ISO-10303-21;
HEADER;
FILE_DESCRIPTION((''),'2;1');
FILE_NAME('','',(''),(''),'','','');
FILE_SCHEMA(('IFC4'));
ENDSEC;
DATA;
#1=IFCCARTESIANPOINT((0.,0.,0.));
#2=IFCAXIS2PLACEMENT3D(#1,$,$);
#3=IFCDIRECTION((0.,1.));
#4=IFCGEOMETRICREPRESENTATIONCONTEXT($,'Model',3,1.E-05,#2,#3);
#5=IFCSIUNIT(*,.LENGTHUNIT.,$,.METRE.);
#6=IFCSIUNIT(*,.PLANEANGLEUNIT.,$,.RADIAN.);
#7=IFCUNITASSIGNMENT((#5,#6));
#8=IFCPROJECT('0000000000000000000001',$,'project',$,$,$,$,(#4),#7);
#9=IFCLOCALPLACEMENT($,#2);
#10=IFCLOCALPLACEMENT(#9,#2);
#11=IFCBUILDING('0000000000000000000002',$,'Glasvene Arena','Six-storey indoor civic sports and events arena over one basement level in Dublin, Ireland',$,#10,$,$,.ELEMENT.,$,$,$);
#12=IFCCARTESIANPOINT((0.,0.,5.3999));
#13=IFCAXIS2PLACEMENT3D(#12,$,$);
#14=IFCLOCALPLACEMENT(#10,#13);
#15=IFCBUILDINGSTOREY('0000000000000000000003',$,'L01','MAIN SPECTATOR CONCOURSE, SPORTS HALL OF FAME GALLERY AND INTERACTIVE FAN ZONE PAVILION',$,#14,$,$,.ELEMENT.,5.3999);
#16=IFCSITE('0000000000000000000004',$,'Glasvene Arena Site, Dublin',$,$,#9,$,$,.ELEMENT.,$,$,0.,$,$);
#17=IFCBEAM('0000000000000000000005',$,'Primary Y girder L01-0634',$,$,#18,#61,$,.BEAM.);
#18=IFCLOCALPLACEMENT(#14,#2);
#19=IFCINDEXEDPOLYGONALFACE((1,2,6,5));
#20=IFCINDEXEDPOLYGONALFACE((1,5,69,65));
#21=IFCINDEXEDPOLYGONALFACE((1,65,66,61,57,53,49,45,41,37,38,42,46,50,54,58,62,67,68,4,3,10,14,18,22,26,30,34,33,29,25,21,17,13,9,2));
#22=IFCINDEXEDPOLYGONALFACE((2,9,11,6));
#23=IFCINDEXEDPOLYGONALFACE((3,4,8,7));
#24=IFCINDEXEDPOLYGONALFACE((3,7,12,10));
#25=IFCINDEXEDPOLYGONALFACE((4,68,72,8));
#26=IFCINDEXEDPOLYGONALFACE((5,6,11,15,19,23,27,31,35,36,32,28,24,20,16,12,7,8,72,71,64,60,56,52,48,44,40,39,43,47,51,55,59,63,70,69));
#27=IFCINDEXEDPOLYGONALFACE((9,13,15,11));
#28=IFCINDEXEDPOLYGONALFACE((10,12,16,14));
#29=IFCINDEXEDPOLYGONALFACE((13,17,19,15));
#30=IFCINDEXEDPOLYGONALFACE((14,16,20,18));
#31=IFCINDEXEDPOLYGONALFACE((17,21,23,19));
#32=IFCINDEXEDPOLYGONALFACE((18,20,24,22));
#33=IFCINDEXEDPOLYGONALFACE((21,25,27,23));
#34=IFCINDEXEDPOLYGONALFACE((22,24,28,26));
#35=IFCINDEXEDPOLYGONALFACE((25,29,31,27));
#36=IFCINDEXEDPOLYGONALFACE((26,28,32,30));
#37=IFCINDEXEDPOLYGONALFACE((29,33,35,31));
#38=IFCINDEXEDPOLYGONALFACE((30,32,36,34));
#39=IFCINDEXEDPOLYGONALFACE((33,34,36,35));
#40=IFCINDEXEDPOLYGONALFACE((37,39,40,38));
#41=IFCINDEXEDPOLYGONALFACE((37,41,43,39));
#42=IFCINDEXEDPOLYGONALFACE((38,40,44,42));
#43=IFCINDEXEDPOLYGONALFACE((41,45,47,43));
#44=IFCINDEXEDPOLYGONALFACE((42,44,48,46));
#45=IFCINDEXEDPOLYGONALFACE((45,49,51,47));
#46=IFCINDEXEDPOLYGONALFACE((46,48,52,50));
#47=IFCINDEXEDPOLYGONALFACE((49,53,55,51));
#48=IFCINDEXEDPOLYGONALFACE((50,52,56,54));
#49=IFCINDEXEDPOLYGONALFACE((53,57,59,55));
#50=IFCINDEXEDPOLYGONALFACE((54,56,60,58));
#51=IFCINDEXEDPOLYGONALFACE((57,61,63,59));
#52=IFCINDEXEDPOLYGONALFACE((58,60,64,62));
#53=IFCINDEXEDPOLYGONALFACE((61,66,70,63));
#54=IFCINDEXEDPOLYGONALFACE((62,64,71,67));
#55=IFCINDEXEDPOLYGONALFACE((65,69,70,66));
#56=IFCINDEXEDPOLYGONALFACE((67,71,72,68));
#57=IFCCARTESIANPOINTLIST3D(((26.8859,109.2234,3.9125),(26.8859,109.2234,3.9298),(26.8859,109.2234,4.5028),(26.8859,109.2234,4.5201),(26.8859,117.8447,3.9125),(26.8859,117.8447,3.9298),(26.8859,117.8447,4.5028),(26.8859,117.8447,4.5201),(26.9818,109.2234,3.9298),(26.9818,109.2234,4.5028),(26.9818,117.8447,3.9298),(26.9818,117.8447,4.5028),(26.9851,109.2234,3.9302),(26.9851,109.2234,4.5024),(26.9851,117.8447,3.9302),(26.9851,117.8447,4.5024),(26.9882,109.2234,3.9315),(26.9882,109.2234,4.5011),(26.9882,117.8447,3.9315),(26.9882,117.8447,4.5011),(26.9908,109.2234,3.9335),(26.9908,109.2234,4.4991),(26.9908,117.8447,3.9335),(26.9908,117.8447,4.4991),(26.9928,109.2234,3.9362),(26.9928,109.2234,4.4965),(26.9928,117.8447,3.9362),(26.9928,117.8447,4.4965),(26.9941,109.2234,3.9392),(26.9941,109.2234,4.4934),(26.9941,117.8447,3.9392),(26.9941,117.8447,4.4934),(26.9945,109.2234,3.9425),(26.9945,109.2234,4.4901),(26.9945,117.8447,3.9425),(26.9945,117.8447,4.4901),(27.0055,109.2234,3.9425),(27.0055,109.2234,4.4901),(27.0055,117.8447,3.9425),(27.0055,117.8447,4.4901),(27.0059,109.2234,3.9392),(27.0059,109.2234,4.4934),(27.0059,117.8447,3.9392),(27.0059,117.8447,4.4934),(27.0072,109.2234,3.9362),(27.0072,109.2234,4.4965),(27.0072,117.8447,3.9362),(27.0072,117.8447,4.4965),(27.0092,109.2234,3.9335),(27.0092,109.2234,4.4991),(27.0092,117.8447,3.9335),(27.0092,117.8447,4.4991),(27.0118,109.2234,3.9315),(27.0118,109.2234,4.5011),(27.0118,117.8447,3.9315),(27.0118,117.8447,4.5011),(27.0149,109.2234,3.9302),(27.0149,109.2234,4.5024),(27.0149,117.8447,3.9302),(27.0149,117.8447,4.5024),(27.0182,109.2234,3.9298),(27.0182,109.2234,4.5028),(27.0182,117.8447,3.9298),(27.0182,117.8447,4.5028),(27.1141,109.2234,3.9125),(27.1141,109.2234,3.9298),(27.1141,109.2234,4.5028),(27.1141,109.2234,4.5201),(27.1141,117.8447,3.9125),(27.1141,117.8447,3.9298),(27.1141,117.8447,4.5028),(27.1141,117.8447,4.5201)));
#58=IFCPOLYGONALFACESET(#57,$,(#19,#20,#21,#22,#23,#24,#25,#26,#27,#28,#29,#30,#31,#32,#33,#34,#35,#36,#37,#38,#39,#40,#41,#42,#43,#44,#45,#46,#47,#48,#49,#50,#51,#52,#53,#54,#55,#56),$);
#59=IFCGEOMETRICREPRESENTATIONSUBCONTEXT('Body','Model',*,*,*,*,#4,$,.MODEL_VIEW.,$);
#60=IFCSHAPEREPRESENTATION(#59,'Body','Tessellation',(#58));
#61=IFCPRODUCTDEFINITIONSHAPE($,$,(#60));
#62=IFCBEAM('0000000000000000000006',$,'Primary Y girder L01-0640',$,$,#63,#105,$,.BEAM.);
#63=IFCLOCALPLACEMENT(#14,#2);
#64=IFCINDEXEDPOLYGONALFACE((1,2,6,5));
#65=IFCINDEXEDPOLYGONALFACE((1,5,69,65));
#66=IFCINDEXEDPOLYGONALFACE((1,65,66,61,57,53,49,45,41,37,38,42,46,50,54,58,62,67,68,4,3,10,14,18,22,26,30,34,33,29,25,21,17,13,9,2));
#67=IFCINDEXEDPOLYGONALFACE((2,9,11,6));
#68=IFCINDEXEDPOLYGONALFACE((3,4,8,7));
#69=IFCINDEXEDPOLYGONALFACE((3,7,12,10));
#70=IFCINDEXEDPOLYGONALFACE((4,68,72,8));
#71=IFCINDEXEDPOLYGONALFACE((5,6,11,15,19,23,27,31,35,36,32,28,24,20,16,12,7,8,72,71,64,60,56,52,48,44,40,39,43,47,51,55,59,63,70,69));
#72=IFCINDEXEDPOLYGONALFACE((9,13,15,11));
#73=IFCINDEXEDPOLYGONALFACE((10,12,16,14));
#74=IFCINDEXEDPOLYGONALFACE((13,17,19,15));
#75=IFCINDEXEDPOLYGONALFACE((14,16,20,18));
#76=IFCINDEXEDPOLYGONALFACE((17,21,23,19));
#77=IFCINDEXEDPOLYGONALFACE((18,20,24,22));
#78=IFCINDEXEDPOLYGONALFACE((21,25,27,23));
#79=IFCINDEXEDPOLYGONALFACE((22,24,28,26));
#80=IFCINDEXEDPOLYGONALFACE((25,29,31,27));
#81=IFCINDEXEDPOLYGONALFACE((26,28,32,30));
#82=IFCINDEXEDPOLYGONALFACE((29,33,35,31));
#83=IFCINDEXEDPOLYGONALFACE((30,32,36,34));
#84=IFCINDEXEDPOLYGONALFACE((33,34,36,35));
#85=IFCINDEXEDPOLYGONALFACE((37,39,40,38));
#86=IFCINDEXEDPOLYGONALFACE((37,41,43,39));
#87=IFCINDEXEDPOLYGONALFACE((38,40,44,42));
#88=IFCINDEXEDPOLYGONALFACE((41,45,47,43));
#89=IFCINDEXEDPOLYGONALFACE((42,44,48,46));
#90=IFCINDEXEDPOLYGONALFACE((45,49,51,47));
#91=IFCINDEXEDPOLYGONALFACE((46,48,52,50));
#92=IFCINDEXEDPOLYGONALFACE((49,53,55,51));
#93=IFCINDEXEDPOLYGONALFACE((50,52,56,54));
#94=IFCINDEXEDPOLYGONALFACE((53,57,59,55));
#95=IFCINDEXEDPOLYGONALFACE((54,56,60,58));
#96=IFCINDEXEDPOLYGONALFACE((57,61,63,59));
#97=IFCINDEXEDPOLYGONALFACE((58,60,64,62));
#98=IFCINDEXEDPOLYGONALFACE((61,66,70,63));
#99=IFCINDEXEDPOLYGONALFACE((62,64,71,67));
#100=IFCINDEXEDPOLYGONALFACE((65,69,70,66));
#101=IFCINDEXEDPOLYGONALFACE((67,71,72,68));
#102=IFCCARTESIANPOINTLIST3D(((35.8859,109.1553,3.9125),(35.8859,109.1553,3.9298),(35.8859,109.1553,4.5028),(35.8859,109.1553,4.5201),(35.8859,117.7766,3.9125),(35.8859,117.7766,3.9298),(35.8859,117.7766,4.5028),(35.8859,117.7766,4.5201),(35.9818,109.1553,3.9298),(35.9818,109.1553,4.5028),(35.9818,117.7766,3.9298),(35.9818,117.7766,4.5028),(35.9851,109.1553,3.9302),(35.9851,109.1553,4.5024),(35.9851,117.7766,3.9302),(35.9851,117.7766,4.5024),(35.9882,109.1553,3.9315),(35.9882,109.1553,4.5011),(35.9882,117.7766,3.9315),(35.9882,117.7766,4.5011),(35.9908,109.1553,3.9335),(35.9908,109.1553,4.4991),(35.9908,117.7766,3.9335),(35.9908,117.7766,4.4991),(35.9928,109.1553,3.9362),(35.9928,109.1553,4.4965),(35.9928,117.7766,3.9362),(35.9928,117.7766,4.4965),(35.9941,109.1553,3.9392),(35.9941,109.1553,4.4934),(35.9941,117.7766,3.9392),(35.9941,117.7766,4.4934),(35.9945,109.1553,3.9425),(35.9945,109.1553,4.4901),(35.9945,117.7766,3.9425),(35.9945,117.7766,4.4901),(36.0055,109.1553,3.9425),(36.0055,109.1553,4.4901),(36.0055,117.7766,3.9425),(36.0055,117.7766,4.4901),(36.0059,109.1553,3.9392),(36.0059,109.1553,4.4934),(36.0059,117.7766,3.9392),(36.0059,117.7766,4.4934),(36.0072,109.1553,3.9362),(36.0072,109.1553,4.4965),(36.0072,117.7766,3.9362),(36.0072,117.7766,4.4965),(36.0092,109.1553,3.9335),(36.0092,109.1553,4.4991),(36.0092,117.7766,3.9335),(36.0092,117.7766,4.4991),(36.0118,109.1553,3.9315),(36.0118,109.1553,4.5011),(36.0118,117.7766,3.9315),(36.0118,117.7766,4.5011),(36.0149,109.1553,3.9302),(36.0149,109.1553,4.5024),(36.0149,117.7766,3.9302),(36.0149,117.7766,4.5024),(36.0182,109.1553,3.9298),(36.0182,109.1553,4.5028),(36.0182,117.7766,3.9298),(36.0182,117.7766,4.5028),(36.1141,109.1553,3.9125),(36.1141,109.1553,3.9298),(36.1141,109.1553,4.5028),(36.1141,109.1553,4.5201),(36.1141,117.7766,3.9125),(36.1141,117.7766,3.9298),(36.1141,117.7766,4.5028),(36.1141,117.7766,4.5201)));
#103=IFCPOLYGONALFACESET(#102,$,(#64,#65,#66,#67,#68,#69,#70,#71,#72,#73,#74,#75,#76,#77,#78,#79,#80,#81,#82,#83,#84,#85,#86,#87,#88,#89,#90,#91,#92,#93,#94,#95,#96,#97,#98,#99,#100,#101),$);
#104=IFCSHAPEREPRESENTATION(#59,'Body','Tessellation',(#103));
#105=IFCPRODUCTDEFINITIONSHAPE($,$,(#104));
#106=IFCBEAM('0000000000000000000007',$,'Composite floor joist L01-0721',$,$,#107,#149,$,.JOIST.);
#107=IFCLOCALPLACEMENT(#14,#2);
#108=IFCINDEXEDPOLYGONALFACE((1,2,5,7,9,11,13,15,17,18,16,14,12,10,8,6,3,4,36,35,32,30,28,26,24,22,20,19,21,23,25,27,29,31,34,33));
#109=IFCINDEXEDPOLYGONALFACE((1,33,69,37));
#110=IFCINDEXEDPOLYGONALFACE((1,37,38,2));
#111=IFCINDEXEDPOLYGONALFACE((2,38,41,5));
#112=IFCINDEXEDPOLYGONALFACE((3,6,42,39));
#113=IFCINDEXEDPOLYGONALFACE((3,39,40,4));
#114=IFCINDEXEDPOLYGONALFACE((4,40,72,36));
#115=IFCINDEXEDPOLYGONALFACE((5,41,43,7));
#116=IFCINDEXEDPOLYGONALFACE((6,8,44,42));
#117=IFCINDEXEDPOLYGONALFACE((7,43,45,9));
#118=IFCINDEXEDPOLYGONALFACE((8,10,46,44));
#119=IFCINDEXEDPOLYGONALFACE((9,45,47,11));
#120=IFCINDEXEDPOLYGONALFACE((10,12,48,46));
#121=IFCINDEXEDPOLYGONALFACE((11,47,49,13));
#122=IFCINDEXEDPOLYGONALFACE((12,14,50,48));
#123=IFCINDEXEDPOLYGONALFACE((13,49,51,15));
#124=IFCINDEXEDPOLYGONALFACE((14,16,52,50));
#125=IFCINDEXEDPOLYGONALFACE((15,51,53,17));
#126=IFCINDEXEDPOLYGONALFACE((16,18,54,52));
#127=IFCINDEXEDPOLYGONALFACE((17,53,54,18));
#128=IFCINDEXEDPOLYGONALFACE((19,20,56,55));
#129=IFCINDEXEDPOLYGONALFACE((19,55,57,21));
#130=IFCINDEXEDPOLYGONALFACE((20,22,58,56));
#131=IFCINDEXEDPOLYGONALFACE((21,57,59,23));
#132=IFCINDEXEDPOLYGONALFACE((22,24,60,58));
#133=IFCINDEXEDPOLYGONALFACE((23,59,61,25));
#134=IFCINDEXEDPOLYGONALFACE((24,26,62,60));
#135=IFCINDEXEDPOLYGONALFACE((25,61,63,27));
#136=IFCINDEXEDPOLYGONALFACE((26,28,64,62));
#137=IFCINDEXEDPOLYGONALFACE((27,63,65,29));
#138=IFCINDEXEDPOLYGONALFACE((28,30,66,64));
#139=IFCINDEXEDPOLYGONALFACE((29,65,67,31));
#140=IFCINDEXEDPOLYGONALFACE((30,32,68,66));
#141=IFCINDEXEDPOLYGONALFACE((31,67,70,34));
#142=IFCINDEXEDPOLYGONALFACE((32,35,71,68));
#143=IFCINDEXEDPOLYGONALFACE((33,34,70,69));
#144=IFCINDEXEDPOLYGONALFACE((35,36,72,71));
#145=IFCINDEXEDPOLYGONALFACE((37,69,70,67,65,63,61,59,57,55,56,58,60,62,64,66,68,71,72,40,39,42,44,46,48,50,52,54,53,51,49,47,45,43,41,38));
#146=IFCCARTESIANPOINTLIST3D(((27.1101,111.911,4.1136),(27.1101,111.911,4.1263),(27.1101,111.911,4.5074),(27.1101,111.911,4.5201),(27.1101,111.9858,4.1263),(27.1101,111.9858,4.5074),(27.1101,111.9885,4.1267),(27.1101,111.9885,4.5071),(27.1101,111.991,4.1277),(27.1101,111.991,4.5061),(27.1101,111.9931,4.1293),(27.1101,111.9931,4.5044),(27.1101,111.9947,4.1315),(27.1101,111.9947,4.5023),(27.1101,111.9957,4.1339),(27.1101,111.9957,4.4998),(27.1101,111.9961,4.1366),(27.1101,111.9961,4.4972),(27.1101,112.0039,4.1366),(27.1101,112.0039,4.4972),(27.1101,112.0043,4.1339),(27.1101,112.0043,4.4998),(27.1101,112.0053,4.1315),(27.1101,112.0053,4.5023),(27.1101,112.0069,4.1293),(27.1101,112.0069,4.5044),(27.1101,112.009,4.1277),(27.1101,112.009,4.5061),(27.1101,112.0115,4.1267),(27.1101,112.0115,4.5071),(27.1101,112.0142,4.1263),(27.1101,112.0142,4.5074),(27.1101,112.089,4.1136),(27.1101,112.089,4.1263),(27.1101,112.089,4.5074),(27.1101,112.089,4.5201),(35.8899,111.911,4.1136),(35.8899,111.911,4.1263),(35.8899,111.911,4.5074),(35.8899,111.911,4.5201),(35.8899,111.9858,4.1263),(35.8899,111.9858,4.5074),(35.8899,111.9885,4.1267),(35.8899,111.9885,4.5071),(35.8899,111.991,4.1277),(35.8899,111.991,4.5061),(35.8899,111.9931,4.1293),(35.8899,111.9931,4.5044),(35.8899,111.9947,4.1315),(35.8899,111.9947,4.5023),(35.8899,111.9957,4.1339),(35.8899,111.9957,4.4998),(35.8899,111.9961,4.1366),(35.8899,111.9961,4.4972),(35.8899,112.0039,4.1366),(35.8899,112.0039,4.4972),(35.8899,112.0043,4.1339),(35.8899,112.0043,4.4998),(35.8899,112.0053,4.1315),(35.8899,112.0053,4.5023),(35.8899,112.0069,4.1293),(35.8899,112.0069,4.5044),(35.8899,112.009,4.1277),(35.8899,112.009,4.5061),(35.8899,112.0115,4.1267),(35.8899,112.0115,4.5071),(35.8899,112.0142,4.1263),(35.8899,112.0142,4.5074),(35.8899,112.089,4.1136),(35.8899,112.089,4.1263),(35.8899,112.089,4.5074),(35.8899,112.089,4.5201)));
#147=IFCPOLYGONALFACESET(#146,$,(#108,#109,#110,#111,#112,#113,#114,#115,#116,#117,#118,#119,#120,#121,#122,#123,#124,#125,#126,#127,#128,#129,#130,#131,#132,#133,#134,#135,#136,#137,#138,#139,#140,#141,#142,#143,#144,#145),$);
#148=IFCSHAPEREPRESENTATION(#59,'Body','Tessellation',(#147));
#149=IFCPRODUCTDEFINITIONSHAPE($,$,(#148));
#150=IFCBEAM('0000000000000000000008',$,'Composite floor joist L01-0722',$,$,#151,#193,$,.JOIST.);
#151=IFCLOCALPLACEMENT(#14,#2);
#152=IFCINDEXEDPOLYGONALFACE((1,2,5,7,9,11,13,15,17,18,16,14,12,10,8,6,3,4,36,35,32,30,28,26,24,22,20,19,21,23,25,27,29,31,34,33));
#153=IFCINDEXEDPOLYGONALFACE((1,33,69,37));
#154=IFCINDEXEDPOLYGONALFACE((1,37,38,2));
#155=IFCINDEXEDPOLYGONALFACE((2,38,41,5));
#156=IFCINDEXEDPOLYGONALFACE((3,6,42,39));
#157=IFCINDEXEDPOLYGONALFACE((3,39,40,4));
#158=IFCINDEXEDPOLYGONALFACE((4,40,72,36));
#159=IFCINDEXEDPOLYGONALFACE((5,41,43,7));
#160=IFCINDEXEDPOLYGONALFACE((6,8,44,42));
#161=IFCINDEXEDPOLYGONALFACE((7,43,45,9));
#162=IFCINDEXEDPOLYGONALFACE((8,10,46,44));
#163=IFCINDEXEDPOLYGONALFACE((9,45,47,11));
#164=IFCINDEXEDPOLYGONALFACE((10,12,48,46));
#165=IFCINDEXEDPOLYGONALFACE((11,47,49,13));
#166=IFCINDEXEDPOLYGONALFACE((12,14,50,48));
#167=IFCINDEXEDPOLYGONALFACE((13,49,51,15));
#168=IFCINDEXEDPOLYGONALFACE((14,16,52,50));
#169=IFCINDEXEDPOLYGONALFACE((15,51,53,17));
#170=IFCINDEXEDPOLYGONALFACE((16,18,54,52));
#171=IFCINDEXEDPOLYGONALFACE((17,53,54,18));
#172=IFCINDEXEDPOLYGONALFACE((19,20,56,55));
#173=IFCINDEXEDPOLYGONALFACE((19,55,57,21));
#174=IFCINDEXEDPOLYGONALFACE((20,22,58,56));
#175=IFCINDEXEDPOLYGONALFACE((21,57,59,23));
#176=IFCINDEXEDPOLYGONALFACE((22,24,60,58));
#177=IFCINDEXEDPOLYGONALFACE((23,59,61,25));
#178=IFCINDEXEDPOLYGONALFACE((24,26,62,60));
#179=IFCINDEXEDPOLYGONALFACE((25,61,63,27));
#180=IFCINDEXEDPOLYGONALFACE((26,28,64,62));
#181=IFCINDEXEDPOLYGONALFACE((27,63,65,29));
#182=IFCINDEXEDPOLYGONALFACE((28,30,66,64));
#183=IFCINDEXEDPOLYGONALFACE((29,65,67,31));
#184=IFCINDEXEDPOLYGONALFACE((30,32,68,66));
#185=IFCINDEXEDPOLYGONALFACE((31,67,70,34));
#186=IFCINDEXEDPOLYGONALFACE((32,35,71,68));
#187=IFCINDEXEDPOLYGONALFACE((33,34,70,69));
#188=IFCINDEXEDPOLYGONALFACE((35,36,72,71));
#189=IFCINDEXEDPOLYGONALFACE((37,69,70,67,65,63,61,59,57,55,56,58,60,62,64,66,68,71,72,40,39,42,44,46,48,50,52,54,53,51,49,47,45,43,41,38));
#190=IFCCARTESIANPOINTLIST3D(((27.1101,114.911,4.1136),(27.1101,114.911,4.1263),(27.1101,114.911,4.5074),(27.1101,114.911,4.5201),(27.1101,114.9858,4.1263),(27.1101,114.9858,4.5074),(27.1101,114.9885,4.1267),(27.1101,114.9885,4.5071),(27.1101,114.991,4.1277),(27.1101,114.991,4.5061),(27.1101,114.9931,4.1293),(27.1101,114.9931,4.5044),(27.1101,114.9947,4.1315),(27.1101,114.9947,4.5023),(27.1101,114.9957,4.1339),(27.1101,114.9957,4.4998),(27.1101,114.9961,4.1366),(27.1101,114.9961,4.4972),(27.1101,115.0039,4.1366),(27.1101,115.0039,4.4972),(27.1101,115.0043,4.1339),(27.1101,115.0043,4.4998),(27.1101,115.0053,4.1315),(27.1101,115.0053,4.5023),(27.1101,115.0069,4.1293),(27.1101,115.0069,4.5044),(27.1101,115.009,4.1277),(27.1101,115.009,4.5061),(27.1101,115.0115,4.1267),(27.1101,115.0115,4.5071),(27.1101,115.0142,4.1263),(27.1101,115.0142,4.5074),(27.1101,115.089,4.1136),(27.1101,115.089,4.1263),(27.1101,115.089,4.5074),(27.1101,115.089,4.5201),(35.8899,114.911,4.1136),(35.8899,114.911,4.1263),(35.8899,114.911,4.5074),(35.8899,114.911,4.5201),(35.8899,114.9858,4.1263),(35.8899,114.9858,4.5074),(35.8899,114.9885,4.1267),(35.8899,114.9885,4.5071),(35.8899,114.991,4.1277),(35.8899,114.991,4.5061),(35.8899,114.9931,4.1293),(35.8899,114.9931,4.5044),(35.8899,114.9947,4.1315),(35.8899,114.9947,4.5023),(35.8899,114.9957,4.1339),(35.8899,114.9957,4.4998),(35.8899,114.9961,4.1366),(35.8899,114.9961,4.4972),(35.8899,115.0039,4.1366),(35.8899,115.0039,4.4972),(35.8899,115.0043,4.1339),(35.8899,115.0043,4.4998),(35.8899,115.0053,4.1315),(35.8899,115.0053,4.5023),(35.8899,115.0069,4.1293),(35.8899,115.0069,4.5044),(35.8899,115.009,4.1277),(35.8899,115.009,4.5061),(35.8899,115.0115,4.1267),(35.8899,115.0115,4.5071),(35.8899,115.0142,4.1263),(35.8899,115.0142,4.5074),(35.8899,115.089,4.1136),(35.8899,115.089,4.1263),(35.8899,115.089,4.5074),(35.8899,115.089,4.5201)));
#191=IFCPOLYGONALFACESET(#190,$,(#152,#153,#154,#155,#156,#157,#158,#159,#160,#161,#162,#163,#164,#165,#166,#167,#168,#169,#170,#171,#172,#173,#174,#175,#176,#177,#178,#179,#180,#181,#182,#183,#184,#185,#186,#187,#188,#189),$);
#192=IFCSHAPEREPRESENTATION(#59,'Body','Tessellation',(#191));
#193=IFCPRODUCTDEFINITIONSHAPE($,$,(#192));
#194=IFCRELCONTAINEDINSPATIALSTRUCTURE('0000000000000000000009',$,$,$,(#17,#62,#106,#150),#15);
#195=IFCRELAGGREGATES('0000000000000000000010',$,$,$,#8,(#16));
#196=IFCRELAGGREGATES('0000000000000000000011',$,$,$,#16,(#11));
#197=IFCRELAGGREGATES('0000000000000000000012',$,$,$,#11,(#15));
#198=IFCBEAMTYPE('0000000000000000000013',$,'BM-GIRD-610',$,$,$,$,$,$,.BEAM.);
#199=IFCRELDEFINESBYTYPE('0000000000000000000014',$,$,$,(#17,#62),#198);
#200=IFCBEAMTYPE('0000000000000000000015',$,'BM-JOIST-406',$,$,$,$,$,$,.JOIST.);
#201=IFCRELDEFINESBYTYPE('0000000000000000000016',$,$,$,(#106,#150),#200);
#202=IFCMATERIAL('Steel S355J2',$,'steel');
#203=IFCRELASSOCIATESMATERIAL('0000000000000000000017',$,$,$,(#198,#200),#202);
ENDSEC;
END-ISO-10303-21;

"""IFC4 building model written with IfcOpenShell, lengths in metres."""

from ifc_helpers import new_model, si_unit, direction, frame, origin, origin_2d, place, context, subcontext, project, spatial, i_section, extrude, material, material_profile, profile_set, type_object, element, save


model = new_model("IFC4")

# Units and contexts
model_context = context("Model", 3, precision=1e-05, world=origin(), true_north=direction((0.0, 1.0)))
body_context = subcontext(model_context, "Body", "Model", "MODEL_VIEW")
ifc_project = project(units=[si_unit("LENGTHUNIT", "METRE"), si_unit("PLANEANGLEUNIT", "RADIAN")], contexts=[model_context])

# Site, building, storey
site_placement = place(None, origin())
site = spatial("IfcSite", under=ifc_project, at=site_placement, Name="Glasvene Arena Site, Dublin", CompositionType="ELEMENT", RefElevation=0.0)
building_placement = place(site_placement, origin())
building = spatial("IfcBuilding", under=site, at=building_placement, Name="Glasvene Arena", Description="Six-storey indoor civic sports and events arena over one basement level in Dublin, Ireland", CompositionType="ELEMENT")
storey_placement = place(building_placement, frame((0.0, 0.0, 5.3999)))
storey = spatial("IfcBuildingStorey", under=building, at=storey_placement, Name="L01", Description="MAIN SPECTATOR CONCOURSE, SPORTS HALL OF FAME GALLERY AND INTERACTIVE FAN ZONE PAVILION", CompositionType="ELEMENT", Elevation=5.3999)

# Shared definitions
ifc_material_1 = material(Name="Steel S355J2", Category="steel")

# Beams
ifc_material_profile_1 = material_profile(ifc_material_1, i_section(OverallWidth=0.2283, OverallDepth=0.6077, WebThickness=0.011, FlangeThickness=0.0173, FilletRadius=0.0127, at=origin_2d()), Name="UKB 610x229x113")
ifc_profile_set_1 = profile_set([ifc_material_profile_1], Name="Steel S355J2")
beam_type_1 = type_object("IfcBeamType", Name="BM-GIRD-610", PredefinedType="BEAM", material=ifc_profile_set_1)
for number, where, z_axis, x_axis, name in (
    (1, (27.0, 109.2234, 4.2163), (0.0, 1.0, 0.0), (-1.0, 0.0, 0.0), "Primary Y girder L01-0634"),
    (2, (36.0, 109.1553, 4.2163), (0.0, 1.0, 0.0), (-1.0, 0.0, 0.0), "Primary Y girder L01-0640"),
):
    element("IfcBeam", number, at=place(storey_placement, frame(where, z_axis=z_axis, x_axis=x_axis)), inside=storey, type_object=beam_type_1, Name=name, PredefinedType="BEAM", context=body_context, shape_type="SweptSolid", body=[
        extrude(i_section(OverallWidth=0.2283, OverallDepth=0.6077, WebThickness=0.011, FlangeThickness=0.0173, FilletRadius=0.0127, at=origin_2d()), origin(), (0.0, 0.0, 1.0), 8.6213),
    ])
ifc_material_profile_2 = material_profile(ifc_material_1, i_section(OverallWidth=0.178, OverallDepth=0.4065, WebThickness=0.0078, FlangeThickness=0.0127, FilletRadius=0.0103, at=origin_2d()), Name="UKB 406x178x60")
ifc_profile_set_2 = profile_set([ifc_material_profile_2], Name="Steel S355J2")
beam_type_2 = type_object("IfcBeamType", Name="BM-JOIST-406", PredefinedType="JOIST", material=ifc_profile_set_2)
for number, where, z_axis, x_axis, name in (
    (3, (27.1101, 112.0, 4.3169), (1.0, 0.0, 0.0), (0.0, 1.0, 0.0), "Composite floor joist L01-0721"),
    (4, (27.1101, 115.0, 4.3169), (1.0, 0.0, 0.0), (0.0, 1.0, 0.0), "Composite floor joist L01-0722"),
):
    element("IfcBeam", number, at=place(storey_placement, frame(where, z_axis=z_axis, x_axis=x_axis)), inside=storey, type_object=beam_type_2, Name=name, PredefinedType="JOIST", context=body_context, shape_type="SweptSolid", body=[
        extrude(i_section(OverallWidth=0.178, OverallDepth=0.4065, WebThickness=0.0078, FlangeThickness=0.0127, FilletRadius=0.0103, at=origin_2d()), origin(), (0.0, 0.0, 1.0), 8.7798),
    ])

save(model, "model.ifc")
